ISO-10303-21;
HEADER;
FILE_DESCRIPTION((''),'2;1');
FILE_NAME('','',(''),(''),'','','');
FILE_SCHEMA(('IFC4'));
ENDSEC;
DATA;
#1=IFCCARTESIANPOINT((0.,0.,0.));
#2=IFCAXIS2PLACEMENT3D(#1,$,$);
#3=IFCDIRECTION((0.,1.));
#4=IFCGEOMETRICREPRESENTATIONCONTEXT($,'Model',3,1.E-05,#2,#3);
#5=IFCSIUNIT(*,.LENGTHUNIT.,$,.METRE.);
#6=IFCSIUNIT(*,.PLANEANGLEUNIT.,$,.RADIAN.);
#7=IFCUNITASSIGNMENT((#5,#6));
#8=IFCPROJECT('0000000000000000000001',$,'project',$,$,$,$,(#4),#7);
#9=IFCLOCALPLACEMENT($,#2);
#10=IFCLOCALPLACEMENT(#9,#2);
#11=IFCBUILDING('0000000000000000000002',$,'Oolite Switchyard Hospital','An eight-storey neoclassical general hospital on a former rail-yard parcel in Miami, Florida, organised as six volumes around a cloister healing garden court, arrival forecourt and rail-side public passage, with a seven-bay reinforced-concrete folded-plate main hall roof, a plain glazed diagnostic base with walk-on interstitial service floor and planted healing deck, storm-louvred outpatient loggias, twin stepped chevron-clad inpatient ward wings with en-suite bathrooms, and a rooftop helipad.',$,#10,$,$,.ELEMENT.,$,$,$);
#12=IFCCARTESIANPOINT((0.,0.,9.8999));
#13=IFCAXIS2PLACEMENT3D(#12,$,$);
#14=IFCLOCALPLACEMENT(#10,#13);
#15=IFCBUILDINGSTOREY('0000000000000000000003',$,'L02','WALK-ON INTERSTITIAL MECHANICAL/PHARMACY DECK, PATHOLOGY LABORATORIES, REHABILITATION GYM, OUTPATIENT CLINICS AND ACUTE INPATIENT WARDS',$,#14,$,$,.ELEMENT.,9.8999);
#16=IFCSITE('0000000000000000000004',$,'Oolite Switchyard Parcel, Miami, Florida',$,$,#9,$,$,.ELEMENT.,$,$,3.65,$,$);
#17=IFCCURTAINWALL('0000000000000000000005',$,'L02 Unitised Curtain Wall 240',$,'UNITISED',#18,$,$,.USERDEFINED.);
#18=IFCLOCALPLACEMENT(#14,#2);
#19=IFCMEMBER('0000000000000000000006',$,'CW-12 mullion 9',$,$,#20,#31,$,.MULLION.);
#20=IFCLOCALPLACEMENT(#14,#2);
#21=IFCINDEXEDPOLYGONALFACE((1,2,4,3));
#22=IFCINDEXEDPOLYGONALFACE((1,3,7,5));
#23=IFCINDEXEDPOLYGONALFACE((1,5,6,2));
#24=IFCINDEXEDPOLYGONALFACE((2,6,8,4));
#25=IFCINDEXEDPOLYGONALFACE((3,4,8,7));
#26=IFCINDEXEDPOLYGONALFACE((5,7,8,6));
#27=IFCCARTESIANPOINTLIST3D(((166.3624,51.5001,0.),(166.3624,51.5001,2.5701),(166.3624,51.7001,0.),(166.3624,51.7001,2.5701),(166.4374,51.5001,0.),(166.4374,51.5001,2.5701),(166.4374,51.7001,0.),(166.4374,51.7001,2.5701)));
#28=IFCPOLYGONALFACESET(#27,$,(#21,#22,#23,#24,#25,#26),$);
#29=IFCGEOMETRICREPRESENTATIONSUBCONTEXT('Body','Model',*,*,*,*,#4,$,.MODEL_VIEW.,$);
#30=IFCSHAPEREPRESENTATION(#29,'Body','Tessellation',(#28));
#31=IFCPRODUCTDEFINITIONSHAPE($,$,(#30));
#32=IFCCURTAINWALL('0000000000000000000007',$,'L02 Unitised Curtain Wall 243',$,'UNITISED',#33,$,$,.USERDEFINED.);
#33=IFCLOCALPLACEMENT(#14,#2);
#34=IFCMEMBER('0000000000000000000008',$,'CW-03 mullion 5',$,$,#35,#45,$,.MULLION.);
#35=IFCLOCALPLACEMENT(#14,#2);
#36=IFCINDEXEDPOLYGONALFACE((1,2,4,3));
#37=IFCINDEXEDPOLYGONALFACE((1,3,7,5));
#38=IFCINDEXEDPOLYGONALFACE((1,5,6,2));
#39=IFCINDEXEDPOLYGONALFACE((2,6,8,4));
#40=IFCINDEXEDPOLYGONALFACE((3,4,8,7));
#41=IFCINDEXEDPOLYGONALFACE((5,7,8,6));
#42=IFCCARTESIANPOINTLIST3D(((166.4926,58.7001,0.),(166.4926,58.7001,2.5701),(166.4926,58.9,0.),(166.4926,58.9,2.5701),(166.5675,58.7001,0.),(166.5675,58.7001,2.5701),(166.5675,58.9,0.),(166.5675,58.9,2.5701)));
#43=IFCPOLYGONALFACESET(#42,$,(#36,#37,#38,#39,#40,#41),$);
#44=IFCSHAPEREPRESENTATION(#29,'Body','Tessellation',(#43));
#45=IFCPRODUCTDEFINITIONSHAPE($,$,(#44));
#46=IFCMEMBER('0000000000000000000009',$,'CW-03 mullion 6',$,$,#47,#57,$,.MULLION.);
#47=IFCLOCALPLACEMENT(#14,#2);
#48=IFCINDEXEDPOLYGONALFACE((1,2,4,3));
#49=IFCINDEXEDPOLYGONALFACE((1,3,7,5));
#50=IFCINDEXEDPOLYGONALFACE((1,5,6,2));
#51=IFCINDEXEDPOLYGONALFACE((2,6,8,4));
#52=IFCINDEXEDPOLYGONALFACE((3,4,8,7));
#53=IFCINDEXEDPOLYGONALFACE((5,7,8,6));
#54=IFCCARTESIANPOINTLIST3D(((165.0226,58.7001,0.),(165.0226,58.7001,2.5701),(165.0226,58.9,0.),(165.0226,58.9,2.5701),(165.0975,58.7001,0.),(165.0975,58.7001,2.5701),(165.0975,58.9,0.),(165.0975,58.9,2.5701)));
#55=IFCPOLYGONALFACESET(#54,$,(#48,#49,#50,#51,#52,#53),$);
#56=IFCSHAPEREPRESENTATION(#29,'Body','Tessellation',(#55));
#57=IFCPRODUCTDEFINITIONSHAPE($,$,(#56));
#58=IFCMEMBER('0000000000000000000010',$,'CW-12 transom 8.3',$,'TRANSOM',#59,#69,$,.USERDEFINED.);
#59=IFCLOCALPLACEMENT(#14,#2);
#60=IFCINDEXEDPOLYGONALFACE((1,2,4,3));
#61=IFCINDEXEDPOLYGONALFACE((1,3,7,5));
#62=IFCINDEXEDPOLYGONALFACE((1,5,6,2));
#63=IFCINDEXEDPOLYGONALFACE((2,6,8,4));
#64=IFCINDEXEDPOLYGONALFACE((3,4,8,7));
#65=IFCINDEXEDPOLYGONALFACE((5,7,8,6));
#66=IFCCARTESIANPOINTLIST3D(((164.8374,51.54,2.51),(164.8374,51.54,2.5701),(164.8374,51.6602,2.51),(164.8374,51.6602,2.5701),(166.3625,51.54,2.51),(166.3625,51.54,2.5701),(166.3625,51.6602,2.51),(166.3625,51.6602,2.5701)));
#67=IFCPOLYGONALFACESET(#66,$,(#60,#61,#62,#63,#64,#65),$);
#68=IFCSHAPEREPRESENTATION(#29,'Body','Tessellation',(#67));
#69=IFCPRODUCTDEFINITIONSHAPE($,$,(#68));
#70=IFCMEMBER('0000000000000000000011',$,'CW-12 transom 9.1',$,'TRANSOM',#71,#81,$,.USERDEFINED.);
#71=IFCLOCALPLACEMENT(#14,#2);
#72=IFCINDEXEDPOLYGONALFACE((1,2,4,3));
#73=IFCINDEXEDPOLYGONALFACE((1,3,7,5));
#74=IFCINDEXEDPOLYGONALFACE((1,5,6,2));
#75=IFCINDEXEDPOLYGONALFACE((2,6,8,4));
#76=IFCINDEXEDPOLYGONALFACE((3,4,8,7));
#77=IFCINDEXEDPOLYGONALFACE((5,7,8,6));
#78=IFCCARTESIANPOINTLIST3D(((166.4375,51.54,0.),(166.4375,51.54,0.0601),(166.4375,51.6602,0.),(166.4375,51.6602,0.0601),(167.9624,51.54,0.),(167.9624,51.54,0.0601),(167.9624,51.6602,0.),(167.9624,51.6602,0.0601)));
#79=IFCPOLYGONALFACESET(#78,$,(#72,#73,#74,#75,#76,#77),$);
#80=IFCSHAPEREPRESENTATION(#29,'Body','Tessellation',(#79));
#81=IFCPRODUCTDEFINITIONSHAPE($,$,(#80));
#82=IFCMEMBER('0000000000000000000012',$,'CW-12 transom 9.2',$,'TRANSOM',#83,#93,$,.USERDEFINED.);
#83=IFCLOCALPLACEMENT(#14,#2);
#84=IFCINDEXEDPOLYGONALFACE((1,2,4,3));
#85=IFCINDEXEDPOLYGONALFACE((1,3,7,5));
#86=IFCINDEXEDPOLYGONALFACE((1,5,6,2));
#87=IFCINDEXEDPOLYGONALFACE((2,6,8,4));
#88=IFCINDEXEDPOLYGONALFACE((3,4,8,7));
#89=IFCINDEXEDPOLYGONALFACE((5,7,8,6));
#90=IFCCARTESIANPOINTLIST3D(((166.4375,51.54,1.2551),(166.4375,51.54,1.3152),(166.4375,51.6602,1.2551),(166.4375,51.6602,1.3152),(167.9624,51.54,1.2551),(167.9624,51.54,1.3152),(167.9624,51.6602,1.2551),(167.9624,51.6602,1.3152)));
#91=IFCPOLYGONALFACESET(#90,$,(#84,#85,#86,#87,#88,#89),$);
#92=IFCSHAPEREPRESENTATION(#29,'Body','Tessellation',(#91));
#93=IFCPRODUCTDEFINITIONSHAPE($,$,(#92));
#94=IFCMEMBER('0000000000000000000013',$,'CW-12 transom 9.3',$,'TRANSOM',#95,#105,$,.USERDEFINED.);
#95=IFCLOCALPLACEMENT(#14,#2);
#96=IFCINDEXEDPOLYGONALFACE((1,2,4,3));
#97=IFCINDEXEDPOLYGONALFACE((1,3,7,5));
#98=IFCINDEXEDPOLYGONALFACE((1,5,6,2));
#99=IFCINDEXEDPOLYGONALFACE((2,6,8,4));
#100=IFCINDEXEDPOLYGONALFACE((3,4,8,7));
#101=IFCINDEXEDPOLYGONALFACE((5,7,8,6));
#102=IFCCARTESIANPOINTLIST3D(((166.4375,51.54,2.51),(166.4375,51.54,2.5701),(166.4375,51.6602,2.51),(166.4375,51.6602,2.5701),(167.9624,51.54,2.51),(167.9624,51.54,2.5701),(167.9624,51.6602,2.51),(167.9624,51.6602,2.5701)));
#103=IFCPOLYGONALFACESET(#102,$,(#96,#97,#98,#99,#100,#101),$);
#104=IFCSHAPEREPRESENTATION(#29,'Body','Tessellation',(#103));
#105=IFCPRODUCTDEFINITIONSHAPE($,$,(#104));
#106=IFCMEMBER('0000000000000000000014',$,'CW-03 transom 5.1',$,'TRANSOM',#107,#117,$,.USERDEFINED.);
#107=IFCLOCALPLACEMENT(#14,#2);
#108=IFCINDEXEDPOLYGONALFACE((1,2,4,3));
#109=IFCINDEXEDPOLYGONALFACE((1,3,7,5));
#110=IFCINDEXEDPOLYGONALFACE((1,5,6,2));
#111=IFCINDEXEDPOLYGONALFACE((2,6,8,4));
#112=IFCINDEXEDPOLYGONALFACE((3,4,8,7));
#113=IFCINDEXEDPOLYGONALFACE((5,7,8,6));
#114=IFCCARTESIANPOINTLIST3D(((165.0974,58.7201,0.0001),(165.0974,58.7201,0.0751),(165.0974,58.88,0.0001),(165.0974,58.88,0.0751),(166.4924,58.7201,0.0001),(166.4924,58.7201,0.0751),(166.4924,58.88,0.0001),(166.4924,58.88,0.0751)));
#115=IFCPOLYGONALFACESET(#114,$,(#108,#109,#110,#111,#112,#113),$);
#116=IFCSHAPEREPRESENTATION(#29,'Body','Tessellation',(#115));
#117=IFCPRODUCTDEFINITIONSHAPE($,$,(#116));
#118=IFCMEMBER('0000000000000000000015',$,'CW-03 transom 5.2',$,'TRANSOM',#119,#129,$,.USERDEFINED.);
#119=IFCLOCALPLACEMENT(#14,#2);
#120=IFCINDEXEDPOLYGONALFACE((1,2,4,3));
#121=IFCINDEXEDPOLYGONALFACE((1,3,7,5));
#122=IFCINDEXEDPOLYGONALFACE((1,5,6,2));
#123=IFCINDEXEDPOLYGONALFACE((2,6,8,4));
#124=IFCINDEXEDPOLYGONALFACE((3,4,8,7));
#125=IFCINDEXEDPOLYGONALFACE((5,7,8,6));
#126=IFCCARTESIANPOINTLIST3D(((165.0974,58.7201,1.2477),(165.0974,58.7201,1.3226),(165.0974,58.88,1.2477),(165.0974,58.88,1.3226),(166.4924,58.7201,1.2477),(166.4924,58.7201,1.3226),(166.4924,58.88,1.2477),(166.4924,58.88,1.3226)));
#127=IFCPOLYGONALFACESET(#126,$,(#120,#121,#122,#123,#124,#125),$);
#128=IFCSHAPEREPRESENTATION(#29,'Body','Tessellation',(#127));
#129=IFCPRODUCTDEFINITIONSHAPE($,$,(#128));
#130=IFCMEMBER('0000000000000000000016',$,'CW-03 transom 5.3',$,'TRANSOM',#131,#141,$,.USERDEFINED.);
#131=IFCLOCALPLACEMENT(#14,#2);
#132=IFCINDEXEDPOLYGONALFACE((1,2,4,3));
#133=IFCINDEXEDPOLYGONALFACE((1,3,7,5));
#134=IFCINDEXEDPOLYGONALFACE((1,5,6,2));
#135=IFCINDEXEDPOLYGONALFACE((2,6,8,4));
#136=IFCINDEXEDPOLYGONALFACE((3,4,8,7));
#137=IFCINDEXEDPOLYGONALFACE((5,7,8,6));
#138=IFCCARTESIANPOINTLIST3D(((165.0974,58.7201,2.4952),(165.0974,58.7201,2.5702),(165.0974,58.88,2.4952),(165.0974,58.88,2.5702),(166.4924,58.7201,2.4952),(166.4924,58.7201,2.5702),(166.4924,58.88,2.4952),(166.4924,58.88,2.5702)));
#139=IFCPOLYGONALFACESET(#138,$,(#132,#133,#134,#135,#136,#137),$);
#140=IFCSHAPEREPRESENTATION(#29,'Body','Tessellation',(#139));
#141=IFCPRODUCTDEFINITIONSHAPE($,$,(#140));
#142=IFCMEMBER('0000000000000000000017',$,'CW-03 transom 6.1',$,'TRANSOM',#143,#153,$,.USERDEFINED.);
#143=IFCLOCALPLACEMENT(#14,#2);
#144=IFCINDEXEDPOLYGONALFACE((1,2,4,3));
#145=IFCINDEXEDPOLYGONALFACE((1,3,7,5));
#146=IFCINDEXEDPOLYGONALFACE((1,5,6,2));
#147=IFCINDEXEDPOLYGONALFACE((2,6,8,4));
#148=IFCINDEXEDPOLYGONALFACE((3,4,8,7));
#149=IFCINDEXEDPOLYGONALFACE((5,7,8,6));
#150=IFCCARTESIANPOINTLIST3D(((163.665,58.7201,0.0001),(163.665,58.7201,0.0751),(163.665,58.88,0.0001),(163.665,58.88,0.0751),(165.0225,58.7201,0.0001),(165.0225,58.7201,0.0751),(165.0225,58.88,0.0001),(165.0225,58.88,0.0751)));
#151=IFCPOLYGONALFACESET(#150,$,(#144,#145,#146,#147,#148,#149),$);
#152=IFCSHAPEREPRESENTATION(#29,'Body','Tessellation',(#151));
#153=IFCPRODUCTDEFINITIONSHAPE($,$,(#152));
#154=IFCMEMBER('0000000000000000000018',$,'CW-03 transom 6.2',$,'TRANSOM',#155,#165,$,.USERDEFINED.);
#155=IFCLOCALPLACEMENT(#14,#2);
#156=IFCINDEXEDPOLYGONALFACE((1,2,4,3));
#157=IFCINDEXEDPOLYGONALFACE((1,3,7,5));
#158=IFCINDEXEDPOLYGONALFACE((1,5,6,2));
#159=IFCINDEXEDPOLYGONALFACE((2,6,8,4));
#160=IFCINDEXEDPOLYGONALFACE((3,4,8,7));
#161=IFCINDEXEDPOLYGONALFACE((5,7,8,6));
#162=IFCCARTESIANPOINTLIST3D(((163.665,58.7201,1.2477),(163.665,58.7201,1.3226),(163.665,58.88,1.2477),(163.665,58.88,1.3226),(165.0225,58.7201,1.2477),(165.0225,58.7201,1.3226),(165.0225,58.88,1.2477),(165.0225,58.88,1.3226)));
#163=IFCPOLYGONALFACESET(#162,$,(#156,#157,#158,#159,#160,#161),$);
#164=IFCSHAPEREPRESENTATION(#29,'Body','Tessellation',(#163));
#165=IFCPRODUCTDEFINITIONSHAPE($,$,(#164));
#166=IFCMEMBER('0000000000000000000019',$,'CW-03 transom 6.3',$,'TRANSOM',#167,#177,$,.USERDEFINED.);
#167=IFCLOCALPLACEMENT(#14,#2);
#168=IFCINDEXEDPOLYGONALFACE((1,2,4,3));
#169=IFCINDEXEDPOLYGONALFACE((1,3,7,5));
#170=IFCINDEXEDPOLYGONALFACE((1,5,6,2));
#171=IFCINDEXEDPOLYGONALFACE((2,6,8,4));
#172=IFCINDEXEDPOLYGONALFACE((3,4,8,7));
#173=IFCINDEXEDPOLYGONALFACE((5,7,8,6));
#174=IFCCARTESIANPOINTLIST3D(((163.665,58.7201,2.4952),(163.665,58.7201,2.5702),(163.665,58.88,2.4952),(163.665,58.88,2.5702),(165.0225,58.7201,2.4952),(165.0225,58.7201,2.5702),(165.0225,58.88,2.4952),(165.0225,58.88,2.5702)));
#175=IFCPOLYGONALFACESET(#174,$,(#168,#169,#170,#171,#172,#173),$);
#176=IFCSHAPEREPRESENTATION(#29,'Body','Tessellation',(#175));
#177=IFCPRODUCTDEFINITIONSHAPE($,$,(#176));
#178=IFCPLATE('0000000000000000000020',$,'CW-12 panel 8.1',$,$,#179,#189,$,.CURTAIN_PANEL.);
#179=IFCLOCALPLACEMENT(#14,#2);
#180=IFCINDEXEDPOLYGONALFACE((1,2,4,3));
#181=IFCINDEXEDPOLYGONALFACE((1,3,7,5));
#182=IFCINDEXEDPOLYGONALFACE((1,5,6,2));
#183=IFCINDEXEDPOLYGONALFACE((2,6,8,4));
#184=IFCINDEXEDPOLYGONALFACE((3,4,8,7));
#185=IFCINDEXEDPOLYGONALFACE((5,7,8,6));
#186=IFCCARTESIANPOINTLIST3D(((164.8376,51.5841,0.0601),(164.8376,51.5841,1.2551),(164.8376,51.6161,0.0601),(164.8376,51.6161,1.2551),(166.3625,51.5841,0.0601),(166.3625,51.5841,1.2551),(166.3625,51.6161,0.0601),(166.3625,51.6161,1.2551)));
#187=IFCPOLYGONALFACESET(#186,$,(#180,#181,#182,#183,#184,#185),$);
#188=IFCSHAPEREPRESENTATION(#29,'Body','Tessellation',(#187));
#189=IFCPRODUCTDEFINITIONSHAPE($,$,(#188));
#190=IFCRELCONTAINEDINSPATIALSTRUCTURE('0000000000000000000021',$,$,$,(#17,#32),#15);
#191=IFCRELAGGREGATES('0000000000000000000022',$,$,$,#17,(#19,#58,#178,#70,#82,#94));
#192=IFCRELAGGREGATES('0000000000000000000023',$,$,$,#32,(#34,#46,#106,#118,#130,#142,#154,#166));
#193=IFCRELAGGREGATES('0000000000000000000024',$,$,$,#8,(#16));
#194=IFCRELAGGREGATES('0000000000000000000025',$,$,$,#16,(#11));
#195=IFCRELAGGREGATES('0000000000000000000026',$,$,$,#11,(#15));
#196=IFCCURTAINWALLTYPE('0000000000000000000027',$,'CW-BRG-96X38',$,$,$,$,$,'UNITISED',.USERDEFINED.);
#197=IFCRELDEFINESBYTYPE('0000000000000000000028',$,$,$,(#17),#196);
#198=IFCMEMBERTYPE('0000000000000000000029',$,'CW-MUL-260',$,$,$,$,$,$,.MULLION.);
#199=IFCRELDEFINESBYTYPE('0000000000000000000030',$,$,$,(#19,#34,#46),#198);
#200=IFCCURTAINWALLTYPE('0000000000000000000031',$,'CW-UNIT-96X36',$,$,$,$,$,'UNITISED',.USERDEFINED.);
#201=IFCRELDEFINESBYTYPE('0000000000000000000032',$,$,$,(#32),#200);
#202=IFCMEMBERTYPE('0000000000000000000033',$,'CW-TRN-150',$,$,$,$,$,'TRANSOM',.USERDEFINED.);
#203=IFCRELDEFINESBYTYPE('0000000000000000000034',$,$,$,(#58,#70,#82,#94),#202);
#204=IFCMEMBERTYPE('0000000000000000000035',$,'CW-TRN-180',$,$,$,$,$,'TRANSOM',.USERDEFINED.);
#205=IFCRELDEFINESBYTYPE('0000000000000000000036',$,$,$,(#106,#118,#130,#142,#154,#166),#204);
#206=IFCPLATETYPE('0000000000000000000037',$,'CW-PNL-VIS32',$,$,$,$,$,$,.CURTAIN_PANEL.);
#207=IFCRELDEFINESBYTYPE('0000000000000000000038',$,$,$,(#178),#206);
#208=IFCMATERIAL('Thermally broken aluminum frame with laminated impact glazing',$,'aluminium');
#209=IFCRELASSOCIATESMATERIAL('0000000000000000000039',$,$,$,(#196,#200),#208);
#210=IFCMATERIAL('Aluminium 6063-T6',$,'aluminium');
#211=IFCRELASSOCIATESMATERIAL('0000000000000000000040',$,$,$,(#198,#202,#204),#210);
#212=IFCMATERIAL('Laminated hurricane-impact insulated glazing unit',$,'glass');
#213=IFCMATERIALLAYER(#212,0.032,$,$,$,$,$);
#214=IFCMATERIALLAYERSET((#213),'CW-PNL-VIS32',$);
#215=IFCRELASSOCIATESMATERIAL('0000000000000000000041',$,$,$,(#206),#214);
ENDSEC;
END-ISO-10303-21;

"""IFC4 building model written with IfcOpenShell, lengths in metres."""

from ifc_helpers import new_model, si_unit, direction, frame, origin, origin_2d, place, context, subcontext, project, spatial, rectangle, extrude, material, layer, layer_set, material_profile, profile_set, type_object, element, aggregate, save


model = new_model("IFC4")

# Units and contexts
model_context = context("Model", 3, precision=1e-05, world=origin(), true_north=direction((0.0, 1.0)))
body_context = subcontext(model_context, "Body", "Model", "MODEL_VIEW")
ifc_project = project(units=[si_unit("LENGTHUNIT", "METRE"), si_unit("PLANEANGLEUNIT", "RADIAN")], contexts=[model_context])

# Site, building, storey
site_placement = place(None, origin())
site = spatial("IfcSite", under=ifc_project, at=site_placement, Name="Oolite Switchyard Parcel, Miami, Florida", CompositionType="ELEMENT", RefElevation=3.65)
building_placement = place(site_placement, origin())
building = spatial("IfcBuilding", under=site, at=building_placement, Name="Oolite Switchyard Hospital", Description="An eight-storey neoclassical general hospital on a former rail-yard parcel in Miami, Florida, organised as six volumes around a cloister healing garden court, arrival forecourt and rail-side public passage, with a seven-bay reinforced-concrete folded-plate main hall roof, a plain glazed diagnostic base with walk-on interstitial service floor and planted healing deck, storm-louvred outpatient loggias, twin stepped chevron-clad inpatient ward wings with en-suite bathrooms, and a rooftop helipad.", CompositionType="ELEMENT")
storey_placement = place(building_placement, frame((0.0, 0.0, 9.8999)))
storey = spatial("IfcBuildingStorey", under=building, at=storey_placement, Name="L02", Description="WALK-ON INTERSTITIAL MECHANICAL/PHARMACY DECK, PATHOLOGY LABORATORIES, REHABILITATION GYM, OUTPATIENT CLINICS AND ACUTE INPATIENT WARDS", CompositionType="ELEMENT", Elevation=9.8999)

# Curtain wall, member
ifc_material_1 = material(Name="Thermally broken aluminum frame with laminated impact glazing", Category="aluminium")
curtain_wall_type_1 = type_object("IfcCurtainWallType", Name="CW-BRG-96X38", ElementType="UNITISED", PredefinedType="USERDEFINED", material=ifc_material_1)
curtain_wall_1_placement = place(storey_placement, origin())
curtain_wall_1 = element("IfcCurtainWall", 1, at=curtain_wall_1_placement, inside=storey, type_object=curtain_wall_type_1, Name="L02 Unitised Curtain Wall 240", ObjectType="UNITISED", PredefinedType="USERDEFINED")
ifc_material_2 = material(Name="Aluminium 6063-T6", Category="aluminium")
ifc_material_profile_1 = material_profile(ifc_material_2, rectangle(XDim=0.2, YDim=0.075, at=origin_2d()), Name="CWM75X200")
ifc_profile_set_1 = profile_set([ifc_material_profile_1], Name="Aluminium 6063-T6")
member_type_1 = type_object("IfcMemberType", Name="CW-MUL-260", PredefinedType="MULLION", material=ifc_profile_set_1)
member_1_placement = place(storey_placement, frame((166.3999, 51.6001, 0.0), z_axis=(0.0, 0.0, 1.0), x_axis=(0.0, 1.0, 0.0)))
member_1 = element("IfcMember", 2, at=member_1_placement, type_object=member_type_1, Name="CW-12 mullion 9", PredefinedType="MULLION", context=body_context, shape_type="SweptSolid", body=[
    extrude(rectangle(XDim=0.2, YDim=0.075, at=origin_2d()), origin(), (0.0, 0.0, 1.0), 2.5701),
])

# Curtain wall, members
curtain_wall_type_2 = type_object("IfcCurtainWallType", Name="CW-UNIT-96X36", ElementType="UNITISED", PredefinedType="USERDEFINED", material=ifc_material_1)
curtain_wall_2_placement = place(storey_placement, origin())
curtain_wall_2 = element("IfcCurtainWall", 3, at=curtain_wall_2_placement, inside=storey, type_object=curtain_wall_type_2, Name="L02 Unitised Curtain Wall 243", ObjectType="UNITISED", PredefinedType="USERDEFINED")
member_2_placement = place(storey_placement, frame((166.53, 58.8, 0.0), z_axis=(0.0, 0.0, 1.0), x_axis=(0.0, -1.0, 0.0)))
member_2 = element("IfcMember", 4, at=member_2_placement, type_object=member_type_1, Name="CW-03 mullion 5", PredefinedType="MULLION", context=body_context, shape_type="SweptSolid", body=[
    extrude(rectangle(XDim=0.2, YDim=0.075, at=origin_2d()), origin(), (0.0, 0.0, 1.0), 2.5701),
])
member_3_placement = place(storey_placement, frame((165.0601, 58.8, 0.0), z_axis=(0.0, 0.0, 1.0), x_axis=(0.0, -1.0, 0.0)))
member_3 = element("IfcMember", 5, at=member_3_placement, type_object=member_type_1, Name="CW-03 mullion 6", PredefinedType="MULLION", context=body_context, shape_type="SweptSolid", body=[
    extrude(rectangle(XDim=0.2, YDim=0.075, at=origin_2d()), origin(), (0.0, 0.0, 1.0), 2.5701),
])

# Members
ifc_material_profile_2 = material_profile(ifc_material_2, rectangle(XDim=0.1201, YDim=0.0601, at=origin_2d()), Name="CWT60X120")
ifc_profile_set_2 = profile_set([ifc_material_profile_2], Name="Aluminium 6063-T6")
member_type_2 = type_object("IfcMemberType", Name="CW-TRN-150", ElementType="TRANSOM", PredefinedType="USERDEFINED", material=ifc_profile_set_2)
member_4_placement = place(storey_placement, frame((164.8374, 51.6001, 2.54), z_axis=(1.0, 0.0, 0.0), x_axis=(0.0, 1.0, 0.0)))
member_4 = element("IfcMember", 6, at=member_4_placement, type_object=member_type_2, Name="CW-12 transom 8.3", ObjectType="TRANSOM", PredefinedType="USERDEFINED", context=body_context, shape_type="SweptSolid", body=[
    extrude(rectangle(XDim=0.1201, YDim=0.0601, at=origin_2d()), origin(), (0.0, 0.0, 1.0), 1.5251),
])
member_5_placement = place(storey_placement, frame((166.4375, 51.6001, 0.03), z_axis=(1.0, 0.0, 0.0), x_axis=(0.0, 1.0, 0.0)))
member_5 = element("IfcMember", 7, at=member_5_placement, type_object=member_type_2, Name="CW-12 transom 9.1", ObjectType="TRANSOM", PredefinedType="USERDEFINED", context=body_context, shape_type="SweptSolid", body=[
    extrude(rectangle(XDim=0.1201, YDim=0.0601, at=origin_2d()), origin(), (0.0, 0.0, 1.0), 1.5249),
])
member_6_placement = place(storey_placement, frame((166.4375, 51.6001, 1.2852), z_axis=(1.0, 0.0, 0.0), x_axis=(0.0, 1.0, 0.0)))
member_6 = element("IfcMember", 8, at=member_6_placement, type_object=member_type_2, Name="CW-12 transom 9.2", ObjectType="TRANSOM", PredefinedType="USERDEFINED", context=body_context, shape_type="SweptSolid", body=[
    extrude(rectangle(XDim=0.1201, YDim=0.0601, at=origin_2d()), origin(), (0.0, 0.0, 1.0), 1.5249),
])
member_7_placement = place(storey_placement, frame((166.4375, 51.6001, 2.54), z_axis=(1.0, 0.0, 0.0), x_axis=(0.0, 1.0, 0.0)))
member_7 = element("IfcMember", 9, at=member_7_placement, type_object=member_type_2, Name="CW-12 transom 9.3", ObjectType="TRANSOM", PredefinedType="USERDEFINED", context=body_context, shape_type="SweptSolid", body=[
    extrude(rectangle(XDim=0.1201, YDim=0.0601, at=origin_2d()), origin(), (0.0, 0.0, 1.0), 1.5249),
])
ifc_material_profile_3 = material_profile(ifc_material_2, rectangle(XDim=0.1599, YDim=0.075, at=origin_2d()), Name="CWT75X160")
ifc_profile_set_3 = profile_set([ifc_material_profile_3], Name="Aluminium 6063-T6")
member_type_3 = type_object("IfcMemberType", Name="CW-TRN-180", ElementType="TRANSOM", PredefinedType="USERDEFINED", material=ifc_profile_set_3)
member_8_placement = place(storey_placement, frame((166.4924, 58.8, 0.0376), z_axis=(-1.0, 0.0, 0.0), x_axis=(0.0, -1.0, 0.0)))
member_8 = element("IfcMember", 10, at=member_8_placement, type_object=member_type_3, Name="CW-03 transom 5.1", ObjectType="TRANSOM", PredefinedType="USERDEFINED", context=body_context, shape_type="SweptSolid", body=[
    extrude(rectangle(XDim=0.1599, YDim=0.075, at=origin_2d()), origin(), (0.0, 0.0, 1.0), 1.395),
])
member_9_placement = place(storey_placement, frame((166.4924, 58.8, 1.2852), z_axis=(-1.0, 0.0, 0.0), x_axis=(0.0, -1.0, 0.0)))
member_9 = element("IfcMember", 11, at=member_9_placement, type_object=member_type_3, Name="CW-03 transom 5.2", ObjectType="TRANSOM", PredefinedType="USERDEFINED", context=body_context, shape_type="SweptSolid", body=[
    extrude(rectangle(XDim=0.1599, YDim=0.075, at=origin_2d()), origin(), (0.0, 0.0, 1.0), 1.395),
])
member_10_placement = place(storey_placement, frame((166.4924, 58.8, 2.5327), z_axis=(-1.0, 0.0, 0.0), x_axis=(0.0, -1.0, 0.0)))
member_10 = element("IfcMember", 12, at=member_10_placement, type_object=member_type_3, Name="CW-03 transom 5.3", ObjectType="TRANSOM", PredefinedType="USERDEFINED", context=body_context, shape_type="SweptSolid", body=[
    extrude(rectangle(XDim=0.1599, YDim=0.075, at=origin_2d()), origin(), (0.0, 0.0, 1.0), 1.395),
])
member_11_placement = place(storey_placement, frame((165.0225, 58.8, 0.0376), z_axis=(-1.0, 0.0, 0.0), x_axis=(0.0, -1.0, 0.0)))
member_11 = element("IfcMember", 13, at=member_11_placement, type_object=member_type_3, Name="CW-03 transom 6.1", ObjectType="TRANSOM", PredefinedType="USERDEFINED", context=body_context, shape_type="SweptSolid", body=[
    extrude(rectangle(XDim=0.1599, YDim=0.075, at=origin_2d()), origin(), (0.0, 0.0, 1.0), 1.3574),
])
member_12_placement = place(storey_placement, frame((165.0225, 58.8, 1.2852), z_axis=(-1.0, 0.0, 0.0), x_axis=(0.0, -1.0, 0.0)))
member_12 = element("IfcMember", 14, at=member_12_placement, type_object=member_type_3, Name="CW-03 transom 6.2", ObjectType="TRANSOM", PredefinedType="USERDEFINED", context=body_context, shape_type="SweptSolid", body=[
    extrude(rectangle(XDim=0.1599, YDim=0.075, at=origin_2d()), origin(), (0.0, 0.0, 1.0), 1.3574),
])
member_13_placement = place(storey_placement, frame((165.0225, 58.8, 2.5327), z_axis=(-1.0, 0.0, 0.0), x_axis=(0.0, -1.0, 0.0)))
member_13 = element("IfcMember", 15, at=member_13_placement, type_object=member_type_3, Name="CW-03 transom 6.3", ObjectType="TRANSOM", PredefinedType="USERDEFINED", context=body_context, shape_type="SweptSolid", body=[
    extrude(rectangle(XDim=0.1599, YDim=0.075, at=origin_2d()), origin(), (0.0, 0.0, 1.0), 1.3574),
])

# Plate
ifc_material_3 = material(Name="Laminated hurricane-impact insulated glazing unit", Category="glass")
ifc_layer = layer(ifc_material_3, 0.032)
ifc_layer_set = layer_set([ifc_layer], Name="CW-PNL-VIS32")
plate_type = type_object("IfcPlateType", Name="CW-PNL-VIS32", PredefinedType="CURTAIN_PANEL", material=ifc_layer_set)
plate_1_placement = place(storey_placement, frame((165.6001, 51.6001, 0.0601), z_axis=(0.0, 0.0, 1.0), x_axis=(1.0, 0.0, 0.0)))
plate_1 = element("IfcPlate", 16, at=plate_1_placement, type_object=plate_type, Name="CW-12 panel 8.1", PredefinedType="CURTAIN_PANEL", context=body_context, shape_type="SweptSolid", body=[
    extrude(rectangle(XDim=1.5249, YDim=0.032, at=origin_2d()), origin(), (0.0, 0.0, 1.0), 1.1951),
])
aggregate(curtain_wall_1, [member_1, member_4, plate_1, member_5, member_6, member_7])
aggregate(curtain_wall_2, [member_2, member_3, member_8, member_9, member_10, member_11, member_12, member_13])

save(model, "model.ifc")
